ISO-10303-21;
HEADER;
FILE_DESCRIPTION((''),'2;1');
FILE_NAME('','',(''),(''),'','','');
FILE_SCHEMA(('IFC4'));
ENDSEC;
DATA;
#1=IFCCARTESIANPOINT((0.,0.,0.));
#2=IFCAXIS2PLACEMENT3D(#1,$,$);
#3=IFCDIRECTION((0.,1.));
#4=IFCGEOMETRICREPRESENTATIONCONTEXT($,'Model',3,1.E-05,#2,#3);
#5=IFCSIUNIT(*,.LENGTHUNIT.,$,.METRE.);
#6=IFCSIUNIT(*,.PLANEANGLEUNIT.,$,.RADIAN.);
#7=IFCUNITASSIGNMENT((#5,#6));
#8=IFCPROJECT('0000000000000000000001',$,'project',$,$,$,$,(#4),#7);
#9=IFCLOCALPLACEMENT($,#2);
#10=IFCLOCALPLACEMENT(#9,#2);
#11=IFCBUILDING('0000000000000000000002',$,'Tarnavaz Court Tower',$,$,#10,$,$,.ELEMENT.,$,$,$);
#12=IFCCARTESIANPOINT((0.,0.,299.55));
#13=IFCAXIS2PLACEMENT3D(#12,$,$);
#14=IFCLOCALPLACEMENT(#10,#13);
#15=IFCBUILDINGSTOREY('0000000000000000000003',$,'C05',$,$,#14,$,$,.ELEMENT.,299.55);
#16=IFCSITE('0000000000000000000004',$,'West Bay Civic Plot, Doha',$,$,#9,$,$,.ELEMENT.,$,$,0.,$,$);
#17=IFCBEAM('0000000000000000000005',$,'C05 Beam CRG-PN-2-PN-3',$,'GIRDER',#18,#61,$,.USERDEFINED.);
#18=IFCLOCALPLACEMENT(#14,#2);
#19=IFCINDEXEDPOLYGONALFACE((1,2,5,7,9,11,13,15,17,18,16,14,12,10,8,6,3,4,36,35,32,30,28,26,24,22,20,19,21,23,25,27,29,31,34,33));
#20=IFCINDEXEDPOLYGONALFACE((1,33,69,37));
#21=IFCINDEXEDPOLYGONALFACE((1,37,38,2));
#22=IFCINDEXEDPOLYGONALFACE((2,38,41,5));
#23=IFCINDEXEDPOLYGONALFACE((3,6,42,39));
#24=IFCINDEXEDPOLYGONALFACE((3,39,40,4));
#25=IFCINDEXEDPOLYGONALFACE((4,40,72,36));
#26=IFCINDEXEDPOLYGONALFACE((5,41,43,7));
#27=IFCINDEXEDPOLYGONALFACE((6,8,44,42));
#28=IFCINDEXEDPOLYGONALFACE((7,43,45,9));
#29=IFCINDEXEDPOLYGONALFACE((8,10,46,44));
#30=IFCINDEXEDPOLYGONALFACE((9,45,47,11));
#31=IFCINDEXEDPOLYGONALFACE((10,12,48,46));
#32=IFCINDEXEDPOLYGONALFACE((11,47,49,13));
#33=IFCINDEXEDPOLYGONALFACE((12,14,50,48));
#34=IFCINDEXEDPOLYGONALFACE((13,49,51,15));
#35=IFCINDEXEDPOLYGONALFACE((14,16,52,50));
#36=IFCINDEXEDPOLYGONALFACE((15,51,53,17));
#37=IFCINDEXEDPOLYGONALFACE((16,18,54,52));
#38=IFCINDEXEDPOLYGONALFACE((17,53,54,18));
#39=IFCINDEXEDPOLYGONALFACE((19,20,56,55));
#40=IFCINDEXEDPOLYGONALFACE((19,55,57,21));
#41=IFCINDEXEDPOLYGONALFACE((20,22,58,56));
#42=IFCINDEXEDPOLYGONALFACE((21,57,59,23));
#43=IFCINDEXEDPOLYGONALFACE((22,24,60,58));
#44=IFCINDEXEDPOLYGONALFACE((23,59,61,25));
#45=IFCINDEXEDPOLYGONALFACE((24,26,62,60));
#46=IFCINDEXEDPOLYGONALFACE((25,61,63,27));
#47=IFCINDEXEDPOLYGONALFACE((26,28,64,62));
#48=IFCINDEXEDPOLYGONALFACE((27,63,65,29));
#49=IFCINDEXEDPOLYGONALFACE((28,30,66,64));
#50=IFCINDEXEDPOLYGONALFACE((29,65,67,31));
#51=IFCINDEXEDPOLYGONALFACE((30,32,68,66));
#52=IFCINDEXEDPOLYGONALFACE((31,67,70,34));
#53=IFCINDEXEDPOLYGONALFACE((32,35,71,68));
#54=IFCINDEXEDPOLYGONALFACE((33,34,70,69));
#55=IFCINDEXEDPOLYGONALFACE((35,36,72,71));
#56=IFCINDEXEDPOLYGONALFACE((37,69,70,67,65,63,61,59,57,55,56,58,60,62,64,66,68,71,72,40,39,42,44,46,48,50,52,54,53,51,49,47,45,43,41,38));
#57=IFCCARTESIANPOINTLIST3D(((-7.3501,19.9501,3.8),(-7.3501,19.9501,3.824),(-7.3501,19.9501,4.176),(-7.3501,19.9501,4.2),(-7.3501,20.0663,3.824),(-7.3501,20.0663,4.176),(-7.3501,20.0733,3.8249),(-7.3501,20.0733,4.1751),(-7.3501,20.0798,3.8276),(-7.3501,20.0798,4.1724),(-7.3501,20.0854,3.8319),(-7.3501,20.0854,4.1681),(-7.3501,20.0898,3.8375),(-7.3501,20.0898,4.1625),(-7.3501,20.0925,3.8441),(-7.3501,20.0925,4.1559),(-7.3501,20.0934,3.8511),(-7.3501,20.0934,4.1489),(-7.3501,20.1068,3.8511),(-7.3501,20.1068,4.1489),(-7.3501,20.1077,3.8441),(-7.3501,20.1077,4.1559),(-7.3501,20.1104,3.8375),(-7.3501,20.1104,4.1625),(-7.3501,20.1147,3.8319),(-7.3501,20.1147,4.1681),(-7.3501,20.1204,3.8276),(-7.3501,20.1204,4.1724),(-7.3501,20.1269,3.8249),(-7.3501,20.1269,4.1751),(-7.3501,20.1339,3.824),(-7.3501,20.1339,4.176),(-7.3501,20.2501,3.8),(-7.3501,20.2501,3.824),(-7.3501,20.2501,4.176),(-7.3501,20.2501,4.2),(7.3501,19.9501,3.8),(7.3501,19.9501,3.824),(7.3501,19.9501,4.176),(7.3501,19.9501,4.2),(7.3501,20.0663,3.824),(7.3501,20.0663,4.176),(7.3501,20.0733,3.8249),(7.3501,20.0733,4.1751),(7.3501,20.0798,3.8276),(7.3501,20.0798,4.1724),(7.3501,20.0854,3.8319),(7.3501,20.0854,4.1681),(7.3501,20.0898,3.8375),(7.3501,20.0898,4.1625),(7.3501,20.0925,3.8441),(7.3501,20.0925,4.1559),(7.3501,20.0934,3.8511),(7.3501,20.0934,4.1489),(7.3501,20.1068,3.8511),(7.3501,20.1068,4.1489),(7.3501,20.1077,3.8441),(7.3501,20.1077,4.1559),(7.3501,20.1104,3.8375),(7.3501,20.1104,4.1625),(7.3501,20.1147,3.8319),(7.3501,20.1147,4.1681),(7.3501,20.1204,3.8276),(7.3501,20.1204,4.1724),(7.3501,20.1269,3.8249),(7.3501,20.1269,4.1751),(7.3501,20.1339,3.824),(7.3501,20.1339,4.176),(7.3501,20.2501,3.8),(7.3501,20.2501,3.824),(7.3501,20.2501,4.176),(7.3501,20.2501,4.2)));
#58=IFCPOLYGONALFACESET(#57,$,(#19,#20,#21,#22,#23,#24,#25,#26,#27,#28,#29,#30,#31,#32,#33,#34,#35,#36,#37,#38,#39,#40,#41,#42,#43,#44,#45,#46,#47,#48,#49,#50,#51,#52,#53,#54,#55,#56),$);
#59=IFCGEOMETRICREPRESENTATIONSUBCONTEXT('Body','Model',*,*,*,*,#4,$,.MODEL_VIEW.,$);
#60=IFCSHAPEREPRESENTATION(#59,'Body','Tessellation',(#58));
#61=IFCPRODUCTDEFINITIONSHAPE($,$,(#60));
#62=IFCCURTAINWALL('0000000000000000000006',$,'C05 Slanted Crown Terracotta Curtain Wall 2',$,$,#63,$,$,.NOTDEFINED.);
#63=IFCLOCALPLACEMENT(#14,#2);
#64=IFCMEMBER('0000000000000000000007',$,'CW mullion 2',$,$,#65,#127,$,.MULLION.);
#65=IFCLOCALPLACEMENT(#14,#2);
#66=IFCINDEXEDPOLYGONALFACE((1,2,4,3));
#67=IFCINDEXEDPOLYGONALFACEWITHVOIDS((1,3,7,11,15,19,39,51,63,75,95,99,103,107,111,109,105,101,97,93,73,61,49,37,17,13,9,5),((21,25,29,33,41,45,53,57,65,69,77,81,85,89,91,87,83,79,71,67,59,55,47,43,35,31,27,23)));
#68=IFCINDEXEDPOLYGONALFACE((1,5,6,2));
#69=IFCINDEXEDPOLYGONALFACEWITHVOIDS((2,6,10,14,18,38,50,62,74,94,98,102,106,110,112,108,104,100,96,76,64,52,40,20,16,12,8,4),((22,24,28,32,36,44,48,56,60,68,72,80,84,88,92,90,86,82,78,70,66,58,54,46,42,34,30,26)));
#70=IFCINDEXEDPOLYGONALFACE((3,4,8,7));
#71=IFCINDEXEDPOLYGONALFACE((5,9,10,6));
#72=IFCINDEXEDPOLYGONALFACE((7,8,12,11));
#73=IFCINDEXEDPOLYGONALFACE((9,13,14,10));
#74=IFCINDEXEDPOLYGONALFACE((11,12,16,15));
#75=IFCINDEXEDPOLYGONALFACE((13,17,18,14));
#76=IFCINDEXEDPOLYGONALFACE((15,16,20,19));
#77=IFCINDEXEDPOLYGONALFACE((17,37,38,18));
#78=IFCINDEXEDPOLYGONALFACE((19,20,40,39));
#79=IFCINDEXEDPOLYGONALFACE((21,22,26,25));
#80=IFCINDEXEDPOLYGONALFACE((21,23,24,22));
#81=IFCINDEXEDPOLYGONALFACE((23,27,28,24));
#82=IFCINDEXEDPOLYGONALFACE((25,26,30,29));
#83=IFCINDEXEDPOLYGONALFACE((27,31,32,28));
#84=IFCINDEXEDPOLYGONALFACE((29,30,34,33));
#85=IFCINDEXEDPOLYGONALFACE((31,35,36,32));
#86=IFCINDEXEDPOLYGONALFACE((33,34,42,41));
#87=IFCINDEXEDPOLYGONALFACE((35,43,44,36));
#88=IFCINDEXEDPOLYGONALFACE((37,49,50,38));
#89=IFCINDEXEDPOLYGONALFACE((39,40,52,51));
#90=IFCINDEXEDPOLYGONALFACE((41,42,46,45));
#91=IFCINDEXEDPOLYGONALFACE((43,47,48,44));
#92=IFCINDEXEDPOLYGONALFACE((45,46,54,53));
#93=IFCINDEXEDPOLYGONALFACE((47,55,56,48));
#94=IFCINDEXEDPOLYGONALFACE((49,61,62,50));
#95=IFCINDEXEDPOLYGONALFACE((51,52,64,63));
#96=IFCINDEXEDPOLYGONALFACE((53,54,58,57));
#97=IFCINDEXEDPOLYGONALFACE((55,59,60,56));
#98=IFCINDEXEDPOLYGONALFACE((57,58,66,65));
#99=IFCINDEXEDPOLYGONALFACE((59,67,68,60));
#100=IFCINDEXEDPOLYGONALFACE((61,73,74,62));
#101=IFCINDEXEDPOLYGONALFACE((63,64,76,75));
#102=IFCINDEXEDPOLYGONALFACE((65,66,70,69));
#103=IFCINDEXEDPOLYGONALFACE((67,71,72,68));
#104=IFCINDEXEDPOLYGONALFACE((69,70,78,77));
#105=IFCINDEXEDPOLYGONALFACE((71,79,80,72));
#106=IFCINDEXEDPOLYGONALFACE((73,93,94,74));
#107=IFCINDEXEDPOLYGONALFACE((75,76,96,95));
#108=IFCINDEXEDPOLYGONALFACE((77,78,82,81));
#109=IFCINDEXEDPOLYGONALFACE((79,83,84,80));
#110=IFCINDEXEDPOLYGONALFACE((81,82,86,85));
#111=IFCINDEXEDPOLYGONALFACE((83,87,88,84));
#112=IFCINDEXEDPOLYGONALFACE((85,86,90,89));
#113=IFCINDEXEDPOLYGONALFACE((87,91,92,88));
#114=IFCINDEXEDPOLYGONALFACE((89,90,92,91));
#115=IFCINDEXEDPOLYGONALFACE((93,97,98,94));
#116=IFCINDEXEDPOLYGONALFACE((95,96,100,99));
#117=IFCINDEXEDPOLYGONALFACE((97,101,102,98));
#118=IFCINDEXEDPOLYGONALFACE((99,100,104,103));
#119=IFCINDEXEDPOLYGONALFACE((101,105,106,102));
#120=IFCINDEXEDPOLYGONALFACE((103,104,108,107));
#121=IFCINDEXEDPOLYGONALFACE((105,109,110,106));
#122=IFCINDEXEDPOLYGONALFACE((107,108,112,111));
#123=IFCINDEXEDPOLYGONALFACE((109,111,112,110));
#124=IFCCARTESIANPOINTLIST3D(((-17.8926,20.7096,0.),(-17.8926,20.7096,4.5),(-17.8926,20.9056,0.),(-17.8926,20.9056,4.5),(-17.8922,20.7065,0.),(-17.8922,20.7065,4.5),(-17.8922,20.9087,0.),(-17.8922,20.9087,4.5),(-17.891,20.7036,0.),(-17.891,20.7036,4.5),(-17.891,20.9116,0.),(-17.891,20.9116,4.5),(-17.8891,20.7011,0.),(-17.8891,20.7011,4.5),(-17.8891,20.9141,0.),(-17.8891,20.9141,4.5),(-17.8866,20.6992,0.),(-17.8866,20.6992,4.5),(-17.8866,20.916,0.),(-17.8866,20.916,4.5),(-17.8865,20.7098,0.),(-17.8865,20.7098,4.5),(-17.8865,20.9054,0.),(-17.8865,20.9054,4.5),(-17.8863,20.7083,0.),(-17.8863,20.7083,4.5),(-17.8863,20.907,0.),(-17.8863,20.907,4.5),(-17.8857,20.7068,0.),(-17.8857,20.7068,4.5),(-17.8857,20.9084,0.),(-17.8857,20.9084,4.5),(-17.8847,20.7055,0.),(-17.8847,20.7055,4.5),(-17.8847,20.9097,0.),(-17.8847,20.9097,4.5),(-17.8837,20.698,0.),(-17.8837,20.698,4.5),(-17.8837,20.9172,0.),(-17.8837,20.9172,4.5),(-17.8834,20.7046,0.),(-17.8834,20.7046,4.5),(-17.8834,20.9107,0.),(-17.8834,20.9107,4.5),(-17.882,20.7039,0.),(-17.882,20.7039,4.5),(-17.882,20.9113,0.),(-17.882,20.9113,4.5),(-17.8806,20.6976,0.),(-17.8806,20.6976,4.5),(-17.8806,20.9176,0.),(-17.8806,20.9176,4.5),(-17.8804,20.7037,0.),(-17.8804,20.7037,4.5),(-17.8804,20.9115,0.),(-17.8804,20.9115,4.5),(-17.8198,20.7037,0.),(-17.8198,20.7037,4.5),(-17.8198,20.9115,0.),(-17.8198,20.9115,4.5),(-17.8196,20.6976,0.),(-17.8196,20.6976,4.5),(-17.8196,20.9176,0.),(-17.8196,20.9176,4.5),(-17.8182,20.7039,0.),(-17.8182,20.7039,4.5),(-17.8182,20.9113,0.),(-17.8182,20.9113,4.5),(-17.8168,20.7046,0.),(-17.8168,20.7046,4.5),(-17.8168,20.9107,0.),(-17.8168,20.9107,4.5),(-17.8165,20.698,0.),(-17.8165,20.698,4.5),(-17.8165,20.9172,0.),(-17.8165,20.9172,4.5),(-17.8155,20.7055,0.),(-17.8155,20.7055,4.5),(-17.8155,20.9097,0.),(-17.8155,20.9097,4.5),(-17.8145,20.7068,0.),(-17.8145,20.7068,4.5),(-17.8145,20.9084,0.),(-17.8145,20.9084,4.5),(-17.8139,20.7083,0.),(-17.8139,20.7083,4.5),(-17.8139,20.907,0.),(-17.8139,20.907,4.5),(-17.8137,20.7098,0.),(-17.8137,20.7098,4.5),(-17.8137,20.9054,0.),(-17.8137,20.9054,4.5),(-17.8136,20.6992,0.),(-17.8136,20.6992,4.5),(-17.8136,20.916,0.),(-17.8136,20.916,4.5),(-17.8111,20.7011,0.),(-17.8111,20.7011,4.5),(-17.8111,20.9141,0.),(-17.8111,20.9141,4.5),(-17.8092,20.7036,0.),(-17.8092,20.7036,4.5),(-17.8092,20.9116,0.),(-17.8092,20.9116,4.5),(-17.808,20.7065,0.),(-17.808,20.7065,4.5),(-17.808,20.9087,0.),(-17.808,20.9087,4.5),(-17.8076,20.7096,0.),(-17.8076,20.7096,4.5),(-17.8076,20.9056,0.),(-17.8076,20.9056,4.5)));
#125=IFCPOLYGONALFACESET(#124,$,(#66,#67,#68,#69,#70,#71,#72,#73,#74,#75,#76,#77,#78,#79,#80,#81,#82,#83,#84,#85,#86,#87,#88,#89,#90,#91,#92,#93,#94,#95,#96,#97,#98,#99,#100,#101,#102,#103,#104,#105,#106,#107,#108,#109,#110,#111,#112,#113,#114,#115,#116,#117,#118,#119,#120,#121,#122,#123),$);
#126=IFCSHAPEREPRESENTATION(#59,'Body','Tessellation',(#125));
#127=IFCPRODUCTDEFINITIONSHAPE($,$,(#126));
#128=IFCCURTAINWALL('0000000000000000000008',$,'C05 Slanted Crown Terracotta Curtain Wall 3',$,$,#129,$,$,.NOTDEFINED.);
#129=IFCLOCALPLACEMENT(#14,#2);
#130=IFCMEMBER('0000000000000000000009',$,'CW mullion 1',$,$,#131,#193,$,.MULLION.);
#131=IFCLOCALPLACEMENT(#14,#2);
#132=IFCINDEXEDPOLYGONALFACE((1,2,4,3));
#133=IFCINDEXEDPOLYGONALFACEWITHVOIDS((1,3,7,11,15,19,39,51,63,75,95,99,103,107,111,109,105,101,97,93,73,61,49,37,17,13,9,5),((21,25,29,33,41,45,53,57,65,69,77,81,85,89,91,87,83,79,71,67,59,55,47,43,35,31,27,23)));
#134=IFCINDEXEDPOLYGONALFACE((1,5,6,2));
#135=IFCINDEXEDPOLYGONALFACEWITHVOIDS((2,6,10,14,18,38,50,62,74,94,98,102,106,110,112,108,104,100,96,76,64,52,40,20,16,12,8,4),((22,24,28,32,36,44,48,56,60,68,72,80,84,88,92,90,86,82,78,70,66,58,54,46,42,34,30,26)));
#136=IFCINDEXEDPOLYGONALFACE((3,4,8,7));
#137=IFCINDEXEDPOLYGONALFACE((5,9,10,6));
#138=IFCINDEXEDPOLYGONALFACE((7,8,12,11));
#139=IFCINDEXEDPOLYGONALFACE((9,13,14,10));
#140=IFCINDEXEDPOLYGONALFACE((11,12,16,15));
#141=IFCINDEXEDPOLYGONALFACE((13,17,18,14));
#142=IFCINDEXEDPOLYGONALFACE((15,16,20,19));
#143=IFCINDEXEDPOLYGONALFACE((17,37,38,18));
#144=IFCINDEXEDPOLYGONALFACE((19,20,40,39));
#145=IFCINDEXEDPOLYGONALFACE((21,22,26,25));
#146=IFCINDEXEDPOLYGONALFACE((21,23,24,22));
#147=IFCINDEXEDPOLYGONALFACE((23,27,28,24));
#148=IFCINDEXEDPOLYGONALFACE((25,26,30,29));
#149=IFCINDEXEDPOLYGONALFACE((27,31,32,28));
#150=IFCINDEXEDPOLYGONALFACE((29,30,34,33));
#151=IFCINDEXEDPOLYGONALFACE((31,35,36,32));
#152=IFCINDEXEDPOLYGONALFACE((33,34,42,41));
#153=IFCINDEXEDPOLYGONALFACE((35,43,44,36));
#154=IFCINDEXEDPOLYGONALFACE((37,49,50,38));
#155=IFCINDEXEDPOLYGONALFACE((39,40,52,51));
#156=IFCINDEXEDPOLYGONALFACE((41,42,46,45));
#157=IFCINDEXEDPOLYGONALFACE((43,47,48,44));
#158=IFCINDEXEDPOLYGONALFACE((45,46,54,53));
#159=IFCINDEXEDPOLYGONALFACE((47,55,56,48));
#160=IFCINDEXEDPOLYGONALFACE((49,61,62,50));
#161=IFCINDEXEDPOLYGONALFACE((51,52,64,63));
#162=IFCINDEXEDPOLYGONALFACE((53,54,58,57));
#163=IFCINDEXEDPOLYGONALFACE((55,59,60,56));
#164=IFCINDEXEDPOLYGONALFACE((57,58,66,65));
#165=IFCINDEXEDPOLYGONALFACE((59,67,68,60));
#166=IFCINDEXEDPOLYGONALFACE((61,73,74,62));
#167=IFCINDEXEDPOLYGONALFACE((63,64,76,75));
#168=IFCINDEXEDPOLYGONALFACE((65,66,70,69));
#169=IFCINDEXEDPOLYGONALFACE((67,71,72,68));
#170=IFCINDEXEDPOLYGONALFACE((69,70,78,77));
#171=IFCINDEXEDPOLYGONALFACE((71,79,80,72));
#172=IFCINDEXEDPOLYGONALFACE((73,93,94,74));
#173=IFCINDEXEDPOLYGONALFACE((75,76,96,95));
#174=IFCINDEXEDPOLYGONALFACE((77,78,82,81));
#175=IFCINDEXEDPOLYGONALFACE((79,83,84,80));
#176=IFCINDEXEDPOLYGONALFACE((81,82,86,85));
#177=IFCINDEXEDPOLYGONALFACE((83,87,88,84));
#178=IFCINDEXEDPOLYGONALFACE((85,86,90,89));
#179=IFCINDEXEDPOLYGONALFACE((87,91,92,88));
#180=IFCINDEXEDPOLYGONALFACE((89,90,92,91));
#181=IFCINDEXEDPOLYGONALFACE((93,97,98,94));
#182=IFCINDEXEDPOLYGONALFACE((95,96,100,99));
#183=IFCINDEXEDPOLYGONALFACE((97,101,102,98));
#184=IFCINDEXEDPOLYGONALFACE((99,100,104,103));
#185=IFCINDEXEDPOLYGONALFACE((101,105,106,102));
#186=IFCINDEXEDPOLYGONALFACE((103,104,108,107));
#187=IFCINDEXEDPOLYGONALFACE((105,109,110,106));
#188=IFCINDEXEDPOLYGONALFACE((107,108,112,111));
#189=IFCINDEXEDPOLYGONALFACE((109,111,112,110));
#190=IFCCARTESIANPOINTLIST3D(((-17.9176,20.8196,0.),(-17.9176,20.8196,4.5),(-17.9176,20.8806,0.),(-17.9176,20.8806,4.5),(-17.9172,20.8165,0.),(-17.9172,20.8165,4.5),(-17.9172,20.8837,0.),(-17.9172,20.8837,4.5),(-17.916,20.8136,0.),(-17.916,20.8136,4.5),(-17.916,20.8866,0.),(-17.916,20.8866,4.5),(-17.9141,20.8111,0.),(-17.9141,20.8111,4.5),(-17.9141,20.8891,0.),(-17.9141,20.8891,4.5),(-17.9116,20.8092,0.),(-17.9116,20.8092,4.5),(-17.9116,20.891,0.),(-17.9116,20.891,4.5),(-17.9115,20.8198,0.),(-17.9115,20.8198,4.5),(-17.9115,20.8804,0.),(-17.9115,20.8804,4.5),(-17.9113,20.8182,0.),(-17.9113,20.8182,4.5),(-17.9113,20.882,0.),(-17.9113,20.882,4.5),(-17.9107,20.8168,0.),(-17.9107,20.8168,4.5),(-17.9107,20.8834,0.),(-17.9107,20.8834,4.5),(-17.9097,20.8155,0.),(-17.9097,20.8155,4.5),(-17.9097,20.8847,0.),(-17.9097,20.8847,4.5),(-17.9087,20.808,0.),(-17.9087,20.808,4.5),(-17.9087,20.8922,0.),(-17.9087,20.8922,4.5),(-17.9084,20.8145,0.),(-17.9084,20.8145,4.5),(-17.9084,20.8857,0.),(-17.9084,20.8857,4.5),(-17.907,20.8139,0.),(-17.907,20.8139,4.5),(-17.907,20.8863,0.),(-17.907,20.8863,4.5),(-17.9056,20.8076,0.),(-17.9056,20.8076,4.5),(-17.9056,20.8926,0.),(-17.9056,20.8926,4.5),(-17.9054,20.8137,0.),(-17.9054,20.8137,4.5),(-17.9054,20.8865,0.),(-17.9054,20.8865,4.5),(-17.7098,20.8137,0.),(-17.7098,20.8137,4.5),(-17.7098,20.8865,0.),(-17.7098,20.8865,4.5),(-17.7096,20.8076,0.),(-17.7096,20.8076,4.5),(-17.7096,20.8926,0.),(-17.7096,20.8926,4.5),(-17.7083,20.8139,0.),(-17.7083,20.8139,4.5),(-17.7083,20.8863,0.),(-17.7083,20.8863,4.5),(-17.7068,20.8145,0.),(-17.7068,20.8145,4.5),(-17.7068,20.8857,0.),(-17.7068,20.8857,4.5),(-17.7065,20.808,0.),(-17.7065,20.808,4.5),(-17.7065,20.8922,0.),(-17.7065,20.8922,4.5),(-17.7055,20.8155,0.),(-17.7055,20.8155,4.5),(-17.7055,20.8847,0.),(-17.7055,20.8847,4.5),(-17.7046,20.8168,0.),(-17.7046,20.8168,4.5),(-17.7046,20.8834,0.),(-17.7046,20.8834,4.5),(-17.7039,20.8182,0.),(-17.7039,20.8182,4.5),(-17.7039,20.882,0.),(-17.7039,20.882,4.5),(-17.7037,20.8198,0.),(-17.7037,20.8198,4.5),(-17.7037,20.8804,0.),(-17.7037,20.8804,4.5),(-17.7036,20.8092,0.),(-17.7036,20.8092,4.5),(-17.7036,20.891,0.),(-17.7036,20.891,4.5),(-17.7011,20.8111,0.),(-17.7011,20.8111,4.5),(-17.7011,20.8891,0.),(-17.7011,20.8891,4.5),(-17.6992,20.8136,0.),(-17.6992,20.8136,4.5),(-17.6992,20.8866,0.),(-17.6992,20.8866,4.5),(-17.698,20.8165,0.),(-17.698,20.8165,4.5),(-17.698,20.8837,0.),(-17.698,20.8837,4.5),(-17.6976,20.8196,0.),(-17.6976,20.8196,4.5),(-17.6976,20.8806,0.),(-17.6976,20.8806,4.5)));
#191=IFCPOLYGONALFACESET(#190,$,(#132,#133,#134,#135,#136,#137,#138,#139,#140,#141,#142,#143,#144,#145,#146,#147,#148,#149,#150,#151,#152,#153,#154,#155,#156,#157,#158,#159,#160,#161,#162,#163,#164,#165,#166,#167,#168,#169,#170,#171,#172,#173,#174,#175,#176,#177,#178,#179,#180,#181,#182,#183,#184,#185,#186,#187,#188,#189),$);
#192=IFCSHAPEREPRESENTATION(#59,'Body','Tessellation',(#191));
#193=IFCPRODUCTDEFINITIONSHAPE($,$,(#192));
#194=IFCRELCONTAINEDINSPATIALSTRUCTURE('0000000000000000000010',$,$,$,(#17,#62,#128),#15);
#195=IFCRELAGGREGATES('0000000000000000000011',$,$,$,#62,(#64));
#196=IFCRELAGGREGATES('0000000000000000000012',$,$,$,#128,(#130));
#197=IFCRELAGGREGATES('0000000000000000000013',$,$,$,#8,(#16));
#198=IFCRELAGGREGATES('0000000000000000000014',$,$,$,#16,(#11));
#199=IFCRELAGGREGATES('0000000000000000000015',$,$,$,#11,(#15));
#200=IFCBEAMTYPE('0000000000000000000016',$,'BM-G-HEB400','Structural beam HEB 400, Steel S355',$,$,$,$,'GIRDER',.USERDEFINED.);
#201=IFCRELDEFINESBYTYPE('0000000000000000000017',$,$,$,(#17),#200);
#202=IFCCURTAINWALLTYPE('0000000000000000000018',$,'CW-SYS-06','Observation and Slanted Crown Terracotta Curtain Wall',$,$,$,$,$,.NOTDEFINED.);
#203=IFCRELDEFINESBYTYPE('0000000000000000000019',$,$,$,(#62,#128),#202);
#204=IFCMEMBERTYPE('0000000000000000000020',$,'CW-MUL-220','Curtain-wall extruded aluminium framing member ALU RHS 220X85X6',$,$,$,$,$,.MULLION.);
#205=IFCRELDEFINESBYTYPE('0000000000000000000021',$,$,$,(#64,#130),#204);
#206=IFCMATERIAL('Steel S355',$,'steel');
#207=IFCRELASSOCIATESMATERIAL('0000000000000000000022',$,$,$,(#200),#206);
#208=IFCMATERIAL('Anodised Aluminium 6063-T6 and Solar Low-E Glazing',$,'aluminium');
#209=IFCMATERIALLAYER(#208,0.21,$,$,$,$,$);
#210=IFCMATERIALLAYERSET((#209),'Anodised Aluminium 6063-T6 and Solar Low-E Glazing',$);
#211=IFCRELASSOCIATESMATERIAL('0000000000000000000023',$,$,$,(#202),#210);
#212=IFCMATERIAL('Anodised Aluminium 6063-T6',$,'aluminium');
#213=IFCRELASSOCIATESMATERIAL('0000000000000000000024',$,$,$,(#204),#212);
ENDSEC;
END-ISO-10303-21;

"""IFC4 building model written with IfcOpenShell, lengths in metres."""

from ifc_helpers import new_model, si_unit, direction, frame, origin, origin_2d, place, context, subcontext, project, spatial, hollow_rectangle, i_section, extrude, material, layer, layer_set, material_profile, profile_set, type_object, element, aggregate, save


model = new_model("IFC4")

# Units and contexts
model_context = context("Model", 3, precision=1e-05, world=origin(), true_north=direction((0.0, 1.0)))
body_context = subcontext(model_context, "Body", "Model", "MODEL_VIEW")
ifc_project = project(units=[si_unit("LENGTHUNIT", "METRE"), si_unit("PLANEANGLEUNIT", "RADIAN")], contexts=[model_context])

# Site, building, storey
site_placement = place(None, origin())
site = spatial("IfcSite", under=ifc_project, at=site_placement, Name="West Bay Civic Plot, Doha", CompositionType="ELEMENT", RefElevation=0.0)
building_placement = place(site_placement, origin())
building = spatial("IfcBuilding", under=site, at=building_placement, Name="Tarnavaz Court Tower", CompositionType="ELEMENT")
storey_placement = place(building_placement, frame((0.0, 0.0, 299.55)))
storey = spatial("IfcBuildingStorey", under=building, at=storey_placement, Name="C05", CompositionType="ELEMENT", Elevation=299.55)

# Shared definitions
ifc_material_1 = material(Name="Steel S355", Category="steel")

# Beam
ifc_material_profile_1 = material_profile(ifc_material_1, i_section(OverallWidth=0.3, OverallDepth=0.3999, WebThickness=0.0134, FlangeThickness=0.0239, FilletRadius=0.0271, at=origin_2d()), Name="HEB 400")
ifc_profile_set_1 = profile_set([ifc_material_profile_1], Name="Steel S355")
beam_type = type_object("IfcBeamType", Name="BM-G-HEB400", Description="Structural beam HEB 400, Steel S355", ElementType="GIRDER", PredefinedType="USERDEFINED", material=ifc_profile_set_1)
beam_1_placement = place(storey_placement, frame((-7.3501, 20.1001, 4.0), z_axis=(1.0, 0.0, 0.0), x_axis=(0.0, 1.0, 0.0)))
element("IfcBeam", 1, at=beam_1_placement, inside=storey, type_object=beam_type, Name="C05 Beam CRG-PN-2-PN-3", ObjectType="GIRDER", PredefinedType="USERDEFINED", context=body_context, shape_type="SweptSolid", body=[
    extrude(i_section(OverallWidth=0.3, OverallDepth=0.3999, WebThickness=0.0134, FlangeThickness=0.0239, FilletRadius=0.0271, at=origin_2d()), origin(), (0.0, 0.0, 1.0), 14.7002),
])

# Curtain wall, member
ifc_material_2 = material(Name="Anodised Aluminium 6063-T6 and Solar Low-E Glazing", Category="aluminium")
ifc_layer_1 = layer(ifc_material_2, 0.21)
ifc_layer_set_1 = layer_set([ifc_layer_1], Name="Anodised Aluminium 6063-T6 and Solar Low-E Glazing")
curtain_wall_type = type_object("IfcCurtainWallType", Name="CW-SYS-06", Description="Observation and Slanted Crown Terracotta Curtain Wall", PredefinedType="NOTDEFINED", material=ifc_layer_set_1)
curtain_wall_1_placement = place(storey_placement, origin())
curtain_wall_1 = element("IfcCurtainWall", 2, at=curtain_wall_1_placement, inside=storey, type_object=curtain_wall_type, Name="C05 Slanted Crown Terracotta Curtain Wall 2", PredefinedType="NOTDEFINED")
ifc_material_3 = material(Name="Anodised Aluminium 6063-T6", Category="aluminium")
ifc_material_profile_2 = material_profile(ifc_material_3, hollow_rectangle(XDim=0.085, YDim=0.22, WallThickness=0.0061, InnerFilletRadius=0.0061, OuterFilletRadius=0.012, at=origin_2d()), Name="ALU RHS 220X85X6")
ifc_profile_set_2 = profile_set([ifc_material_profile_2], Name="Anodised Aluminium 6063-T6")
member_type_1 = type_object("IfcMemberType", Name="CW-MUL-220", Description="Curtain-wall extruded aluminium framing member ALU RHS 220X85X6", PredefinedType="MULLION", material=ifc_profile_set_2)
member_1_placement = place(storey_placement, frame((-17.8501, 20.8076, 0.0), z_axis=(0.0, 0.0, 1.0), x_axis=(-1.0, 0.0, 0.0)))
member_1 = element("IfcMember", 3, at=member_1_placement, type_object=member_type_1, Name="CW mullion 2", PredefinedType="MULLION", context=body_context, shape_type="SweptSolid", body=[
    extrude(hollow_rectangle(XDim=0.085, YDim=0.22, WallThickness=0.0061, InnerFilletRadius=0.0061, OuterFilletRadius=0.012, at=origin_2d()), origin(), (0.0, 0.0, 1.0), 4.5),
])
aggregate(curtain_wall_1, [member_1])

# Curtain wall, member
curtain_wall_2_placement = place(storey_placement, origin())
curtain_wall_2 = element("IfcCurtainWall", 4, at=curtain_wall_2_placement, inside=storey, type_object=curtain_wall_type, Name="C05 Slanted Crown Terracotta Curtain Wall 3", PredefinedType="NOTDEFINED")
member_2_placement = place(storey_placement, frame((-17.8076, 20.8501, 0.0), z_axis=(0.0, 0.0, 1.0), x_axis=(0.0, 1.0, 0.0)))
member_2 = element("IfcMember", 5, at=member_2_placement, type_object=member_type_1, Name="CW mullion 1", PredefinedType="MULLION", context=body_context, shape_type="SweptSolid", body=[
    extrude(hollow_rectangle(XDim=0.085, YDim=0.22, WallThickness=0.0061, InnerFilletRadius=0.0061, OuterFilletRadius=0.012, at=origin_2d()), origin(), (0.0, 0.0, 1.0), 4.5),
])

aggregate(curtain_wall_2, [member_2])

save(model, "model.ifc")
